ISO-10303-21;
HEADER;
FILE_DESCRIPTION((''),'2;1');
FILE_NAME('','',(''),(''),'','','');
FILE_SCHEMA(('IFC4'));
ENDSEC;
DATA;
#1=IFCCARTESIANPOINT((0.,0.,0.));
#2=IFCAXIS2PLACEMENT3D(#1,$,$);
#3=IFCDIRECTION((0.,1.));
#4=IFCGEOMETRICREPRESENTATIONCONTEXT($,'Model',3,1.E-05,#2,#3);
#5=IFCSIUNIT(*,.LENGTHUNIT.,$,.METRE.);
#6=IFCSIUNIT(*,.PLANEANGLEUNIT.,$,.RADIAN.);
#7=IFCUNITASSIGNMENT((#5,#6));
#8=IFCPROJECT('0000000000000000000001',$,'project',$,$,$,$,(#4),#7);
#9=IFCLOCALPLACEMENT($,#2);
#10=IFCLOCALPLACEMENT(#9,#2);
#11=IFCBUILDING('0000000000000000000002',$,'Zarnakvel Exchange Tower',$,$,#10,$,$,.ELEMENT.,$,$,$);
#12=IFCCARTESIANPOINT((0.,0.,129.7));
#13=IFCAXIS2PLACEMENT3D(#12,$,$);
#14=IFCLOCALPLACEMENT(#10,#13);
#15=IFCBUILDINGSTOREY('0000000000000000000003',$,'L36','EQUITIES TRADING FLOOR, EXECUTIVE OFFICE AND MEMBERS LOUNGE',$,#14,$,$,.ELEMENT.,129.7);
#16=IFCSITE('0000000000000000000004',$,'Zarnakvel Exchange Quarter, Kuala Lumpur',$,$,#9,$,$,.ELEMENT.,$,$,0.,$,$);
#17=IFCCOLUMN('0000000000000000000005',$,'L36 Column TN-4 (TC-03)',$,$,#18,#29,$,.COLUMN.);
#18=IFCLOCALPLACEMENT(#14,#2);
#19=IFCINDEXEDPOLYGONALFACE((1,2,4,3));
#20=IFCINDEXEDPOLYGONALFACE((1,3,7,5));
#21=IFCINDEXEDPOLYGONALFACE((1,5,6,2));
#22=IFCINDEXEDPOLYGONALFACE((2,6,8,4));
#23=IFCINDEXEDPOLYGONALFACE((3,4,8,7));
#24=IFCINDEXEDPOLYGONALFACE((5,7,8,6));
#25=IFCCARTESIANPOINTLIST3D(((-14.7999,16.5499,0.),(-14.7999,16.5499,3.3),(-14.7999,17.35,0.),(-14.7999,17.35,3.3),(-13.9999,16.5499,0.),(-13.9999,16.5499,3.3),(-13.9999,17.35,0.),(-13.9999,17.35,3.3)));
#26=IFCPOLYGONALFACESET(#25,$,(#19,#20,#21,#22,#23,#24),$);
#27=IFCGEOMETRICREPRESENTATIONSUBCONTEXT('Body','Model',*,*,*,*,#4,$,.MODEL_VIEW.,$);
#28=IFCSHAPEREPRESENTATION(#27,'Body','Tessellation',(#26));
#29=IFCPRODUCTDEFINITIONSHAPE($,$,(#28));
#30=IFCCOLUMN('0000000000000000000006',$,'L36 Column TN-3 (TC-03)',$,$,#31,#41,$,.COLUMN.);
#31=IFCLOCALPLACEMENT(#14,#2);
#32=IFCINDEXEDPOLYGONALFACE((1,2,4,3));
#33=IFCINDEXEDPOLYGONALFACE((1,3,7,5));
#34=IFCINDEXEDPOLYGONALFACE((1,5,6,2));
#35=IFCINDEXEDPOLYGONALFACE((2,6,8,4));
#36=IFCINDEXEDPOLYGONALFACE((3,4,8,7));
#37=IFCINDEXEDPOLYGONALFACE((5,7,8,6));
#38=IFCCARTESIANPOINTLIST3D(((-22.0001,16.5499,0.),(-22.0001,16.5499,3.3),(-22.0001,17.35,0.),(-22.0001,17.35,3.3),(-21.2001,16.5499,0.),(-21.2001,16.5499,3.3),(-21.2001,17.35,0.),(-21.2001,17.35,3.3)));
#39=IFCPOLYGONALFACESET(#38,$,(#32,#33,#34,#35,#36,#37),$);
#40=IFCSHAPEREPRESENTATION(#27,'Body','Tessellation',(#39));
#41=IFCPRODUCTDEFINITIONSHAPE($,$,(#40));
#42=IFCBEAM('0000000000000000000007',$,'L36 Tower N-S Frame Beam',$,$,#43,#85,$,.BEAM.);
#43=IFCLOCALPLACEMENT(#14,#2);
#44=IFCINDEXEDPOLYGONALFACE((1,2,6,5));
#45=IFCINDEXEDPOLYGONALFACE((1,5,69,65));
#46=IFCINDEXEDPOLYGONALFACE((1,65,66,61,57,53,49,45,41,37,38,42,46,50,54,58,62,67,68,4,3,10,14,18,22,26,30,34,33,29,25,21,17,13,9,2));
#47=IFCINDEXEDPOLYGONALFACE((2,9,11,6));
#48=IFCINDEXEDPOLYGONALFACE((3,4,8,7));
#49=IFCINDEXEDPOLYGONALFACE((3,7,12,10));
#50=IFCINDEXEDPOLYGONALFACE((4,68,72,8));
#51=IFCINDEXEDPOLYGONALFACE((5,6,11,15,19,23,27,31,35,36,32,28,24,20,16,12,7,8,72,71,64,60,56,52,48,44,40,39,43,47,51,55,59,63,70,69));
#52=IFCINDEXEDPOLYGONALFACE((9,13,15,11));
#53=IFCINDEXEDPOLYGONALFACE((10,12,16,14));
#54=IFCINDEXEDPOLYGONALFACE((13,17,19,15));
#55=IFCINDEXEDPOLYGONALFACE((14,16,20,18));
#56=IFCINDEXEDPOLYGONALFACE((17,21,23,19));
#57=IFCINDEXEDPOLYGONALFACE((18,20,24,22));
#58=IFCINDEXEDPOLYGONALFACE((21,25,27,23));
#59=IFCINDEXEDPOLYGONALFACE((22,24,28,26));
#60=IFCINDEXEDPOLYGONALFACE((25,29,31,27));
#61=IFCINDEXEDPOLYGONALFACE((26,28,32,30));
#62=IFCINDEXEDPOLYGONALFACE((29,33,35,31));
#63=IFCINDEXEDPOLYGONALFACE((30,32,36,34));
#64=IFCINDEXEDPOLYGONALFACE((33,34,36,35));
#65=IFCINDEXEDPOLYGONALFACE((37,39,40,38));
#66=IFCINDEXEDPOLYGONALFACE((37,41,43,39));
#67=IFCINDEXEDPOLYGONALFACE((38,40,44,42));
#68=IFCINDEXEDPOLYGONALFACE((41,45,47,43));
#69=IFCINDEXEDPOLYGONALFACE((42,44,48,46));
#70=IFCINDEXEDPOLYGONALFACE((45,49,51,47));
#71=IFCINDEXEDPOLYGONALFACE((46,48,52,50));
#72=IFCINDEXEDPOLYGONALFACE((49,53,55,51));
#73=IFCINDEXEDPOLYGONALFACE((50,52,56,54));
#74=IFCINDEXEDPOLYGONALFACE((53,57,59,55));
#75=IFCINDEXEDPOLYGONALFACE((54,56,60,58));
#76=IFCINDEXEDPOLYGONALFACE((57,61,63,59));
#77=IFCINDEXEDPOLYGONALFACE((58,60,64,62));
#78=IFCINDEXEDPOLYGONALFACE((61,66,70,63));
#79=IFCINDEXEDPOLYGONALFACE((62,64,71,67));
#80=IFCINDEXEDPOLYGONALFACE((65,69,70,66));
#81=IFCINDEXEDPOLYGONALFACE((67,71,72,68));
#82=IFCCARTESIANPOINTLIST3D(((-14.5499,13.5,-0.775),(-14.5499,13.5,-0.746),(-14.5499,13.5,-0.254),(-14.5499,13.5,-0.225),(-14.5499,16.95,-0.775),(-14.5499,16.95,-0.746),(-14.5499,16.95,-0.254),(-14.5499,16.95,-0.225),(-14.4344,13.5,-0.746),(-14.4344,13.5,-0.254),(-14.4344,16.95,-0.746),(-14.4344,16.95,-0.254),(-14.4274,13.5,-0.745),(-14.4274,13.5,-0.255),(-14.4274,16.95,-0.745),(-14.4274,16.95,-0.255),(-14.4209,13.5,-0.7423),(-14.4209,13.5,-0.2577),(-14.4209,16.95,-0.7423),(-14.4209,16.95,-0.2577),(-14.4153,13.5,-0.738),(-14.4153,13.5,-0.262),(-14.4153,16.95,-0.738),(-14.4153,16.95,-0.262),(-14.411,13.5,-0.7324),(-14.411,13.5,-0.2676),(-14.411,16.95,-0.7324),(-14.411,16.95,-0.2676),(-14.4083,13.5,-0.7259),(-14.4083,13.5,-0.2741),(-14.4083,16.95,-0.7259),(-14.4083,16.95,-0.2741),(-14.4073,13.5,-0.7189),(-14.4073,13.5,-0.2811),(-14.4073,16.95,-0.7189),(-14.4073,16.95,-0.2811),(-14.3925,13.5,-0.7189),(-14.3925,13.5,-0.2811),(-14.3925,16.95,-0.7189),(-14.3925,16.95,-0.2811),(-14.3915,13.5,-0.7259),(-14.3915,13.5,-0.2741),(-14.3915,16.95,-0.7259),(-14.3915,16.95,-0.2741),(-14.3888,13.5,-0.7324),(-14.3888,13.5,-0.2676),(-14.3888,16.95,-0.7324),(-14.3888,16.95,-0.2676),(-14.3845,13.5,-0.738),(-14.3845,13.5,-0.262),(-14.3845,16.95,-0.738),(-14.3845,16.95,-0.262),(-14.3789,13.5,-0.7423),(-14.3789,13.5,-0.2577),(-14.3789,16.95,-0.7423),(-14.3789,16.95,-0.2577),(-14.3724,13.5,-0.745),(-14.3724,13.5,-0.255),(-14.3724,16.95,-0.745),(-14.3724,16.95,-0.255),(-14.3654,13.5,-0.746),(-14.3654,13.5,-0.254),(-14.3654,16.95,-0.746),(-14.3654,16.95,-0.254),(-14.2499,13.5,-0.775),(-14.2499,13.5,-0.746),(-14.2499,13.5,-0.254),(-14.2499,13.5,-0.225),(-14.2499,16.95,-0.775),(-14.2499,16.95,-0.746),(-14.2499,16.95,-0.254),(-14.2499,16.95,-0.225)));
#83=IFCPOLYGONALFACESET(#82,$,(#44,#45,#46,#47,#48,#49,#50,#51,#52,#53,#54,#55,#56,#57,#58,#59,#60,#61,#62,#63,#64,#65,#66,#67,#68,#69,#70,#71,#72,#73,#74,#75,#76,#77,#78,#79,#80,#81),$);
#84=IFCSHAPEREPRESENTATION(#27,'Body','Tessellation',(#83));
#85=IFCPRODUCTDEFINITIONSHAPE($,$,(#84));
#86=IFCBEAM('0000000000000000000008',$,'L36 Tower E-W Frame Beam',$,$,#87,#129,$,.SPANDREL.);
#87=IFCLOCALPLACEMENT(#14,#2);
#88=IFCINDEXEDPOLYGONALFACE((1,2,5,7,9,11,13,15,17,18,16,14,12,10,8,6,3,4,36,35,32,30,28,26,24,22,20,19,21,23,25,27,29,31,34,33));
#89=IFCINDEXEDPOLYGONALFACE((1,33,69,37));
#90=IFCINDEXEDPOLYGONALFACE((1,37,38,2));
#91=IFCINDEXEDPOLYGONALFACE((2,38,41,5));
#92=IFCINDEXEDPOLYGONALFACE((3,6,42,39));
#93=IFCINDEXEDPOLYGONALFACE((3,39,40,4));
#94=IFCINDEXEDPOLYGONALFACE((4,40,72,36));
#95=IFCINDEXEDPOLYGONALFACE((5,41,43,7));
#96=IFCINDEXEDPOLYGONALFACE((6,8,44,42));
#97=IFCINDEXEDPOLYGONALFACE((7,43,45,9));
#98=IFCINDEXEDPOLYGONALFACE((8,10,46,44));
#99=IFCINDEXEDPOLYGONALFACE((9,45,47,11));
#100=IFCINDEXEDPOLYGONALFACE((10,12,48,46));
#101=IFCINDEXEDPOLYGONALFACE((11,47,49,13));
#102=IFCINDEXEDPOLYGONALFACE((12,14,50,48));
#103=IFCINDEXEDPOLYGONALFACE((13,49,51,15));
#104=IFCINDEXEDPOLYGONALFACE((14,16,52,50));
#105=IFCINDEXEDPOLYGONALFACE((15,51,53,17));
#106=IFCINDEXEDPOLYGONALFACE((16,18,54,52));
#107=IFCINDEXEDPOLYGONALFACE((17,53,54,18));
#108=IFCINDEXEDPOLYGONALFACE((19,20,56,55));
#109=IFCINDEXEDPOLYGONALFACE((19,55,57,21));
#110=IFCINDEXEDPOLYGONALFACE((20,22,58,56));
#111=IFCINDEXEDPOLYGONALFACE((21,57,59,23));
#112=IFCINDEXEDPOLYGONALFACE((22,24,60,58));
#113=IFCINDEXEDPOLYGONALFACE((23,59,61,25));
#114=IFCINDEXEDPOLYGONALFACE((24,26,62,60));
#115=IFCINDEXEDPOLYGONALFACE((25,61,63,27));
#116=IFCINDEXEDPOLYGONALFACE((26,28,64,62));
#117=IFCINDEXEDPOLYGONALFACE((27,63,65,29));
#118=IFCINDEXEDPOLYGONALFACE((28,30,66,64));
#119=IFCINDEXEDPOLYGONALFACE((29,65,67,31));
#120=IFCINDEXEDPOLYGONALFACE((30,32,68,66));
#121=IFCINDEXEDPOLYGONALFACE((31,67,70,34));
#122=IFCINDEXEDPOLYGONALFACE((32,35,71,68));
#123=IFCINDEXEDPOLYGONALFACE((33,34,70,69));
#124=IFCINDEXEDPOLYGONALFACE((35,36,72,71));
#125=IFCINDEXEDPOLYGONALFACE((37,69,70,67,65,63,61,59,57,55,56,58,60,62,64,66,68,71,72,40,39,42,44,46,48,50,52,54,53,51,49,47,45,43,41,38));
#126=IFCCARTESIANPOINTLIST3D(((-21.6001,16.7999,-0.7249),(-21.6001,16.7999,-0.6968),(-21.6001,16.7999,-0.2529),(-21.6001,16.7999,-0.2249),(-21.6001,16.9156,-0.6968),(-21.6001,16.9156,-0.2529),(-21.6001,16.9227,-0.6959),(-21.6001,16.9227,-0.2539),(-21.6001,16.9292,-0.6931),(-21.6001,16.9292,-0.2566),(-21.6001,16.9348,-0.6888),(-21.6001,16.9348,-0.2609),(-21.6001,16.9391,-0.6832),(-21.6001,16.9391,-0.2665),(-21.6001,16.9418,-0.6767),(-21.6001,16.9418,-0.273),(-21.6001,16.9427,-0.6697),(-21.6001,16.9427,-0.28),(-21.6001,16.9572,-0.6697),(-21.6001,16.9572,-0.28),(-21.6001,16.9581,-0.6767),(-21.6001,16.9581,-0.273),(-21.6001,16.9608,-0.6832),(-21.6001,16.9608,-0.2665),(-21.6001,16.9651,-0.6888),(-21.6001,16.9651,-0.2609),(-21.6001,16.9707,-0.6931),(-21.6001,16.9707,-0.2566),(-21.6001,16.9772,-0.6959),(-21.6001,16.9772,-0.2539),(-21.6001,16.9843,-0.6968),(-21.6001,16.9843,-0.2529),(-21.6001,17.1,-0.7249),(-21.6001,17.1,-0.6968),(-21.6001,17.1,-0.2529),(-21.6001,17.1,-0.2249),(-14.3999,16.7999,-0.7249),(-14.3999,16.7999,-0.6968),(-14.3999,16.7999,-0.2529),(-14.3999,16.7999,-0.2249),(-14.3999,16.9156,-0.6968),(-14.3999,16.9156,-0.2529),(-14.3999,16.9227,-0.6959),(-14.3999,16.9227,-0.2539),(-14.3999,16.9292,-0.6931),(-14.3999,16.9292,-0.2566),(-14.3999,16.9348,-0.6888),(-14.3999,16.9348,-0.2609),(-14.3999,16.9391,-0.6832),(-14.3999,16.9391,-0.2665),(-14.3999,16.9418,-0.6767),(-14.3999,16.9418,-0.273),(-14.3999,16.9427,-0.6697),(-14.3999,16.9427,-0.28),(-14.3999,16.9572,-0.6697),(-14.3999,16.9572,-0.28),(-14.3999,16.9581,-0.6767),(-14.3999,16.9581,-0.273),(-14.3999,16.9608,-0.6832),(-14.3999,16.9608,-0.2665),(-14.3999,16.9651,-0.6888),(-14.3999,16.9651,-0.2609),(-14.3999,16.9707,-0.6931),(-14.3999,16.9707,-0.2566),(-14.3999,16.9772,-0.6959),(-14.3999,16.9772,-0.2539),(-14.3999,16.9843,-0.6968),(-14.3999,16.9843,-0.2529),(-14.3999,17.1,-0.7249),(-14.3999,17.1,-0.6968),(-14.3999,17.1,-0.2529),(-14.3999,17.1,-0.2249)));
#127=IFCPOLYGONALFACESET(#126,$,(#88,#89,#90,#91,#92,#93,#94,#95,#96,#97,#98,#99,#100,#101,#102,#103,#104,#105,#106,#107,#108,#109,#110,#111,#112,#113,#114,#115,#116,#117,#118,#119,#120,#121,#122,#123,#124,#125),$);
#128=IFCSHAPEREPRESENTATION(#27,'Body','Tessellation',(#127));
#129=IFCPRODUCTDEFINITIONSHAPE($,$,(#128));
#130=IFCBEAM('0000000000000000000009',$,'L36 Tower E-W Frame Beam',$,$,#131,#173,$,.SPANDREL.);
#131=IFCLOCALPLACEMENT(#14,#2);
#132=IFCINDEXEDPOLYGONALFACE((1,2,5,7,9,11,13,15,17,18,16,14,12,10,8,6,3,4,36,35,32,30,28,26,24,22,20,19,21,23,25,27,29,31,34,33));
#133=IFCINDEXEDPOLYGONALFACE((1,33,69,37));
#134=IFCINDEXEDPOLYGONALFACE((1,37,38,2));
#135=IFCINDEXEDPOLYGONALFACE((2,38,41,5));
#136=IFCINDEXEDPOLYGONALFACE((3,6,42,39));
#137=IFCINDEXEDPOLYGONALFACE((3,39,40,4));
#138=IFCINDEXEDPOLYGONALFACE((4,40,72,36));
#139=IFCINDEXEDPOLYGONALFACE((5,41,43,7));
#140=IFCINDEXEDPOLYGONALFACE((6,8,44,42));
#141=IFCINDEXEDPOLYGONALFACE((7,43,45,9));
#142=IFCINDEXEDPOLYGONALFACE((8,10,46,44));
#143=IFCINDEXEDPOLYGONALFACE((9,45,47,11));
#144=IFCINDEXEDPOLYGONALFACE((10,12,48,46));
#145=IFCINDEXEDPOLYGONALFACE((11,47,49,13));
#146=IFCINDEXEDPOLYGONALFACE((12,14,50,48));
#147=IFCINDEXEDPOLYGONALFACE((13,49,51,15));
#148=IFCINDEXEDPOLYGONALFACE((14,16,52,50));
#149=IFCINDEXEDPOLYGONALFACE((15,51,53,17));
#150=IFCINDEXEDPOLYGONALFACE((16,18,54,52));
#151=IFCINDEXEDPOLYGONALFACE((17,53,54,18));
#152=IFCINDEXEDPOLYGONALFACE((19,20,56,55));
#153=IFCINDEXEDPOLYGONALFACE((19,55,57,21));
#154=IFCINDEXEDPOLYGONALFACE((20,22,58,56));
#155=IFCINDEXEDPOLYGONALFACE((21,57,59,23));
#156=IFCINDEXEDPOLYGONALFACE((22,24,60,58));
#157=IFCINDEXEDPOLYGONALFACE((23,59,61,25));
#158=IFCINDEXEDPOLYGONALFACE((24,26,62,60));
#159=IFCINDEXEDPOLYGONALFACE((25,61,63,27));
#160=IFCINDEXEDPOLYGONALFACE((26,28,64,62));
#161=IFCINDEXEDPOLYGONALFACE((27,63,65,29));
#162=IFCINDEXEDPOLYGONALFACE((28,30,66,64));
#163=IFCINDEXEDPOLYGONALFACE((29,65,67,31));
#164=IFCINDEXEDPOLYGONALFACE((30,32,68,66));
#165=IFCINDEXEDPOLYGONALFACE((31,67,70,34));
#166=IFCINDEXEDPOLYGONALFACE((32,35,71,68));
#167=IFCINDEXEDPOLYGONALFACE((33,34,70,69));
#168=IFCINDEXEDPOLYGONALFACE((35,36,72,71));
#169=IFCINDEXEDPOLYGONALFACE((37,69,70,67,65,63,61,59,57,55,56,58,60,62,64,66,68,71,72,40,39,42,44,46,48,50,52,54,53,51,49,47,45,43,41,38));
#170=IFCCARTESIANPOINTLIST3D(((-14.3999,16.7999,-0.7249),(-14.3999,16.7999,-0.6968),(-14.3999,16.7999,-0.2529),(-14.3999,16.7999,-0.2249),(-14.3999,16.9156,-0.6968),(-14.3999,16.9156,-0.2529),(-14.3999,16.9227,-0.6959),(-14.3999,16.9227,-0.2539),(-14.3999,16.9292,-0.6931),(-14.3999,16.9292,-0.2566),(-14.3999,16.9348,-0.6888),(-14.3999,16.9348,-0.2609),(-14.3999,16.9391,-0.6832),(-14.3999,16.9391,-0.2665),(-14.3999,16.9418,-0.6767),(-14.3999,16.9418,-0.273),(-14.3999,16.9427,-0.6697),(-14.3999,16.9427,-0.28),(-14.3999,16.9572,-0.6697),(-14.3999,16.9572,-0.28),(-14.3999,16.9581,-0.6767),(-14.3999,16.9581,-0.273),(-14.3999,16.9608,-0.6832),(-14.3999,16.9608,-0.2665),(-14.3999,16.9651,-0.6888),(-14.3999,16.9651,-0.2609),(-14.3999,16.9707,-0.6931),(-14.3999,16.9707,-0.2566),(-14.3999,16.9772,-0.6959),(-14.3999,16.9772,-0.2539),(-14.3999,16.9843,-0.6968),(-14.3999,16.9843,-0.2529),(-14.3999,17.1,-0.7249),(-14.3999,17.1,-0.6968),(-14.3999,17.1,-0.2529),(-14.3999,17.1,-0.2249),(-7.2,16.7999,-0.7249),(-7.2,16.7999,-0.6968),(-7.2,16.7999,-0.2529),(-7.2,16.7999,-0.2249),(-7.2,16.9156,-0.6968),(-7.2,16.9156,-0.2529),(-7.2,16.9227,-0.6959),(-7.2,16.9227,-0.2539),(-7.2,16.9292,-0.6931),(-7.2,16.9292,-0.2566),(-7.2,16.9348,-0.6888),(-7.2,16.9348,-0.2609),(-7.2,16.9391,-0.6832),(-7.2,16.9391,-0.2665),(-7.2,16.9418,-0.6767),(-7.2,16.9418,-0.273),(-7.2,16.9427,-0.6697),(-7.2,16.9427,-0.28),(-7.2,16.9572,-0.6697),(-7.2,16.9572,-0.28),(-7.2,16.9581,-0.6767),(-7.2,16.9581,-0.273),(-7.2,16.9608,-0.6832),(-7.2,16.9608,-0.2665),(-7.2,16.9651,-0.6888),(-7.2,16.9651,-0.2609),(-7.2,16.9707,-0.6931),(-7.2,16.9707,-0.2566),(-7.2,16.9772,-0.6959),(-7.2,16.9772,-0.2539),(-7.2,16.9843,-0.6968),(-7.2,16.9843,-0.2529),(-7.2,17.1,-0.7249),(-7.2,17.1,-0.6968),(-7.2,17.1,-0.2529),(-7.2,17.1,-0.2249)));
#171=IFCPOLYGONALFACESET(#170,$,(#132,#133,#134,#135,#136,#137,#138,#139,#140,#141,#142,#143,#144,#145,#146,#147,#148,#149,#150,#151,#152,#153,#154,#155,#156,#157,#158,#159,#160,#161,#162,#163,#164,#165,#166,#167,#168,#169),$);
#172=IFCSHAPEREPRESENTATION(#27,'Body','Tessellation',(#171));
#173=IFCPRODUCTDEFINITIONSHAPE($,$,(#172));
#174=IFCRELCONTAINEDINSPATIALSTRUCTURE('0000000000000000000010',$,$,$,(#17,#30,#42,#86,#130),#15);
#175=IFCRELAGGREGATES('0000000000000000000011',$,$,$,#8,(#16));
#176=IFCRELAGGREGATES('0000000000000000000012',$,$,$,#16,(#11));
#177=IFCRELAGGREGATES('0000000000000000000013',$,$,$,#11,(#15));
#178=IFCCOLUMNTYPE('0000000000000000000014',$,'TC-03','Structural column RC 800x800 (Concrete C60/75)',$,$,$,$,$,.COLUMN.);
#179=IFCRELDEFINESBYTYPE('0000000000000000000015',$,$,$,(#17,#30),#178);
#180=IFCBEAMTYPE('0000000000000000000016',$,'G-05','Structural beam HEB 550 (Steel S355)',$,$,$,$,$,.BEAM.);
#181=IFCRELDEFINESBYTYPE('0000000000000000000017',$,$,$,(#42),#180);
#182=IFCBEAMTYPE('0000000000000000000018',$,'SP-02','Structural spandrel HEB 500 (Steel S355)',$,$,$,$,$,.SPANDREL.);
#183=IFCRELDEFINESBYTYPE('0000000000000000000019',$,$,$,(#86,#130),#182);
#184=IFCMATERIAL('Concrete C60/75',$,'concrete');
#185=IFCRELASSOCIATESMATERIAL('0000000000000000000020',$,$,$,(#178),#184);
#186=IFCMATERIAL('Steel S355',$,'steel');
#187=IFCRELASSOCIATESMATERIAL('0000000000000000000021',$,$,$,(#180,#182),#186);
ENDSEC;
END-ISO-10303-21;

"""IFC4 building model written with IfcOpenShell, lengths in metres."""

from ifc_helpers import new_model, si_unit, direction, frame, origin, origin_2d, place, context, subcontext, project, spatial, rectangle, i_section, extrude, material, material_profile, profile_set, type_object, element, save


model = new_model("IFC4")

# Units and contexts
model_context = context("Model", 3, precision=1e-05, world=origin(), true_north=direction((0.0, 1.0)))
body_context = subcontext(model_context, "Body", "Model", "MODEL_VIEW")
ifc_project = project(units=[si_unit("LENGTHUNIT", "METRE"), si_unit("PLANEANGLEUNIT", "RADIAN")], contexts=[model_context])

# Site, building, storey
site_placement = place(None, origin())
site = spatial("IfcSite", under=ifc_project, at=site_placement, Name="Zarnakvel Exchange Quarter, Kuala Lumpur", CompositionType="ELEMENT", RefElevation=0.0)
building_placement = place(site_placement, origin())
building = spatial("IfcBuilding", under=site, at=building_placement, Name="Zarnakvel Exchange Tower", CompositionType="ELEMENT")
storey_placement = place(building_placement, frame((0.0, 0.0, 129.7)))
storey = spatial("IfcBuildingStorey", under=building, at=storey_placement, Name="L36", Description="EQUITIES TRADING FLOOR, EXECUTIVE OFFICE AND MEMBERS LOUNGE", CompositionType="ELEMENT", Elevation=129.7)

# Columns
ifc_material_1 = material(Name="Concrete C60/75", Category="concrete")
ifc_material_profile_1 = material_profile(ifc_material_1, rectangle(XDim=0.8, YDim=0.8, at=origin_2d()))
ifc_profile_set_1 = profile_set([ifc_material_profile_1], Name="Concrete C60/75")
column_type = type_object("IfcColumnType", Name="TC-03", Description="Structural column RC 800x800 (Concrete C60/75)", PredefinedType="COLUMN", material=ifc_profile_set_1)
for number, where, z_axis, x_axis, name in (
    (1, (-14.3999, 16.95, 0.0), (0.0, 0.0, 1.0), (1.0, 0.0, 0.0), "L36 Column TN-4 (TC-03)"),
    (2, (-21.6001, 16.95, 0.0), (0.0, 0.0, 1.0), (1.0, 0.0, 0.0), "L36 Column TN-3 (TC-03)"),
):
    element("IfcColumn", number, at=place(storey_placement, frame(where, z_axis=z_axis, x_axis=x_axis)), inside=storey, type_object=column_type, Name=name, PredefinedType="COLUMN", context=body_context, shape_type="SweptSolid", body=[
        extrude(rectangle(XDim=0.8, YDim=0.8, at=origin_2d()), origin(), (0.0, 0.0, 1.0), 3.3),
    ])

# Beams
ifc_material_2 = material(Name="Steel S355", Category="steel")
ifc_material_profile_2 = material_profile(ifc_material_2, i_section(OverallWidth=0.3, OverallDepth=0.55, WebThickness=0.0149, FlangeThickness=0.0291, FilletRadius=0.0271, at=origin_2d()))
ifc_profile_set_2 = profile_set([ifc_material_profile_2], Name="Steel S355")
beam_type_1 = type_object("IfcBeamType", Name="G-05", Description="Structural beam HEB 550 (Steel S355)", PredefinedType="BEAM", material=ifc_profile_set_2)
beam_1_placement = place(storey_placement, frame((-14.3999, 13.5, -0.5), z_axis=(0.0, 1.0, 0.0), x_axis=(-1.0, 0.0, 0.0)))
element("IfcBeam", 3, at=beam_1_placement, inside=storey, type_object=beam_type_1, Name="L36 Tower N-S Frame Beam", PredefinedType="BEAM", context=body_context, shape_type="SweptSolid", body=[
    extrude(i_section(OverallWidth=0.3, OverallDepth=0.55, WebThickness=0.0149, FlangeThickness=0.0291, FilletRadius=0.0271, at=origin_2d()), origin(), (0.0, 0.0, 1.0), 3.45),
])
ifc_material_profile_3 = material_profile(ifc_material_2, i_section(OverallWidth=0.3, OverallDepth=0.5, WebThickness=0.0144, FlangeThickness=0.0281, FilletRadius=0.0271, at=origin_2d()))
ifc_profile_set_3 = profile_set([ifc_material_profile_3], Name="Steel S355")
beam_type_2 = type_object("IfcBeamType", Name="SP-02", Description="Structural spandrel HEB 500 (Steel S355)", PredefinedType="SPANDREL", material=ifc_profile_set_3)
beam_2_placement = place(storey_placement, frame((-21.6001, 16.95, -0.4749), z_axis=(1.0, 0.0, 0.0), x_axis=(0.0, 1.0, 0.0)))
element("IfcBeam", 4, at=beam_2_placement, inside=storey, type_object=beam_type_2, Name="L36 Tower E-W Frame Beam", PredefinedType="SPANDREL", context=body_context, shape_type="SweptSolid", body=[
    extrude(i_section(OverallWidth=0.3, OverallDepth=0.5, WebThickness=0.0144, FlangeThickness=0.0281, FilletRadius=0.0271, at=origin_2d()), origin(), (0.0, 0.0, 1.0), 7.2002),
])
beam_3_placement = place(storey_placement, frame((-14.3999, 16.95, -0.4749), z_axis=(1.0, 0.0, 0.0), x_axis=(0.0, 1.0, 0.0)))
element("IfcBeam", 5, at=beam_3_placement, inside=storey, type_object=beam_type_2, Name="L36 Tower E-W Frame Beam", PredefinedType="SPANDREL", context=body_context, shape_type="SweptSolid", body=[
    extrude(i_section(OverallWidth=0.3, OverallDepth=0.5, WebThickness=0.0144, FlangeThickness=0.0281, FilletRadius=0.0271, at=origin_2d()), origin(), (0.0, 0.0, 1.0), 7.2),
])

save(model, "model.ifc")
